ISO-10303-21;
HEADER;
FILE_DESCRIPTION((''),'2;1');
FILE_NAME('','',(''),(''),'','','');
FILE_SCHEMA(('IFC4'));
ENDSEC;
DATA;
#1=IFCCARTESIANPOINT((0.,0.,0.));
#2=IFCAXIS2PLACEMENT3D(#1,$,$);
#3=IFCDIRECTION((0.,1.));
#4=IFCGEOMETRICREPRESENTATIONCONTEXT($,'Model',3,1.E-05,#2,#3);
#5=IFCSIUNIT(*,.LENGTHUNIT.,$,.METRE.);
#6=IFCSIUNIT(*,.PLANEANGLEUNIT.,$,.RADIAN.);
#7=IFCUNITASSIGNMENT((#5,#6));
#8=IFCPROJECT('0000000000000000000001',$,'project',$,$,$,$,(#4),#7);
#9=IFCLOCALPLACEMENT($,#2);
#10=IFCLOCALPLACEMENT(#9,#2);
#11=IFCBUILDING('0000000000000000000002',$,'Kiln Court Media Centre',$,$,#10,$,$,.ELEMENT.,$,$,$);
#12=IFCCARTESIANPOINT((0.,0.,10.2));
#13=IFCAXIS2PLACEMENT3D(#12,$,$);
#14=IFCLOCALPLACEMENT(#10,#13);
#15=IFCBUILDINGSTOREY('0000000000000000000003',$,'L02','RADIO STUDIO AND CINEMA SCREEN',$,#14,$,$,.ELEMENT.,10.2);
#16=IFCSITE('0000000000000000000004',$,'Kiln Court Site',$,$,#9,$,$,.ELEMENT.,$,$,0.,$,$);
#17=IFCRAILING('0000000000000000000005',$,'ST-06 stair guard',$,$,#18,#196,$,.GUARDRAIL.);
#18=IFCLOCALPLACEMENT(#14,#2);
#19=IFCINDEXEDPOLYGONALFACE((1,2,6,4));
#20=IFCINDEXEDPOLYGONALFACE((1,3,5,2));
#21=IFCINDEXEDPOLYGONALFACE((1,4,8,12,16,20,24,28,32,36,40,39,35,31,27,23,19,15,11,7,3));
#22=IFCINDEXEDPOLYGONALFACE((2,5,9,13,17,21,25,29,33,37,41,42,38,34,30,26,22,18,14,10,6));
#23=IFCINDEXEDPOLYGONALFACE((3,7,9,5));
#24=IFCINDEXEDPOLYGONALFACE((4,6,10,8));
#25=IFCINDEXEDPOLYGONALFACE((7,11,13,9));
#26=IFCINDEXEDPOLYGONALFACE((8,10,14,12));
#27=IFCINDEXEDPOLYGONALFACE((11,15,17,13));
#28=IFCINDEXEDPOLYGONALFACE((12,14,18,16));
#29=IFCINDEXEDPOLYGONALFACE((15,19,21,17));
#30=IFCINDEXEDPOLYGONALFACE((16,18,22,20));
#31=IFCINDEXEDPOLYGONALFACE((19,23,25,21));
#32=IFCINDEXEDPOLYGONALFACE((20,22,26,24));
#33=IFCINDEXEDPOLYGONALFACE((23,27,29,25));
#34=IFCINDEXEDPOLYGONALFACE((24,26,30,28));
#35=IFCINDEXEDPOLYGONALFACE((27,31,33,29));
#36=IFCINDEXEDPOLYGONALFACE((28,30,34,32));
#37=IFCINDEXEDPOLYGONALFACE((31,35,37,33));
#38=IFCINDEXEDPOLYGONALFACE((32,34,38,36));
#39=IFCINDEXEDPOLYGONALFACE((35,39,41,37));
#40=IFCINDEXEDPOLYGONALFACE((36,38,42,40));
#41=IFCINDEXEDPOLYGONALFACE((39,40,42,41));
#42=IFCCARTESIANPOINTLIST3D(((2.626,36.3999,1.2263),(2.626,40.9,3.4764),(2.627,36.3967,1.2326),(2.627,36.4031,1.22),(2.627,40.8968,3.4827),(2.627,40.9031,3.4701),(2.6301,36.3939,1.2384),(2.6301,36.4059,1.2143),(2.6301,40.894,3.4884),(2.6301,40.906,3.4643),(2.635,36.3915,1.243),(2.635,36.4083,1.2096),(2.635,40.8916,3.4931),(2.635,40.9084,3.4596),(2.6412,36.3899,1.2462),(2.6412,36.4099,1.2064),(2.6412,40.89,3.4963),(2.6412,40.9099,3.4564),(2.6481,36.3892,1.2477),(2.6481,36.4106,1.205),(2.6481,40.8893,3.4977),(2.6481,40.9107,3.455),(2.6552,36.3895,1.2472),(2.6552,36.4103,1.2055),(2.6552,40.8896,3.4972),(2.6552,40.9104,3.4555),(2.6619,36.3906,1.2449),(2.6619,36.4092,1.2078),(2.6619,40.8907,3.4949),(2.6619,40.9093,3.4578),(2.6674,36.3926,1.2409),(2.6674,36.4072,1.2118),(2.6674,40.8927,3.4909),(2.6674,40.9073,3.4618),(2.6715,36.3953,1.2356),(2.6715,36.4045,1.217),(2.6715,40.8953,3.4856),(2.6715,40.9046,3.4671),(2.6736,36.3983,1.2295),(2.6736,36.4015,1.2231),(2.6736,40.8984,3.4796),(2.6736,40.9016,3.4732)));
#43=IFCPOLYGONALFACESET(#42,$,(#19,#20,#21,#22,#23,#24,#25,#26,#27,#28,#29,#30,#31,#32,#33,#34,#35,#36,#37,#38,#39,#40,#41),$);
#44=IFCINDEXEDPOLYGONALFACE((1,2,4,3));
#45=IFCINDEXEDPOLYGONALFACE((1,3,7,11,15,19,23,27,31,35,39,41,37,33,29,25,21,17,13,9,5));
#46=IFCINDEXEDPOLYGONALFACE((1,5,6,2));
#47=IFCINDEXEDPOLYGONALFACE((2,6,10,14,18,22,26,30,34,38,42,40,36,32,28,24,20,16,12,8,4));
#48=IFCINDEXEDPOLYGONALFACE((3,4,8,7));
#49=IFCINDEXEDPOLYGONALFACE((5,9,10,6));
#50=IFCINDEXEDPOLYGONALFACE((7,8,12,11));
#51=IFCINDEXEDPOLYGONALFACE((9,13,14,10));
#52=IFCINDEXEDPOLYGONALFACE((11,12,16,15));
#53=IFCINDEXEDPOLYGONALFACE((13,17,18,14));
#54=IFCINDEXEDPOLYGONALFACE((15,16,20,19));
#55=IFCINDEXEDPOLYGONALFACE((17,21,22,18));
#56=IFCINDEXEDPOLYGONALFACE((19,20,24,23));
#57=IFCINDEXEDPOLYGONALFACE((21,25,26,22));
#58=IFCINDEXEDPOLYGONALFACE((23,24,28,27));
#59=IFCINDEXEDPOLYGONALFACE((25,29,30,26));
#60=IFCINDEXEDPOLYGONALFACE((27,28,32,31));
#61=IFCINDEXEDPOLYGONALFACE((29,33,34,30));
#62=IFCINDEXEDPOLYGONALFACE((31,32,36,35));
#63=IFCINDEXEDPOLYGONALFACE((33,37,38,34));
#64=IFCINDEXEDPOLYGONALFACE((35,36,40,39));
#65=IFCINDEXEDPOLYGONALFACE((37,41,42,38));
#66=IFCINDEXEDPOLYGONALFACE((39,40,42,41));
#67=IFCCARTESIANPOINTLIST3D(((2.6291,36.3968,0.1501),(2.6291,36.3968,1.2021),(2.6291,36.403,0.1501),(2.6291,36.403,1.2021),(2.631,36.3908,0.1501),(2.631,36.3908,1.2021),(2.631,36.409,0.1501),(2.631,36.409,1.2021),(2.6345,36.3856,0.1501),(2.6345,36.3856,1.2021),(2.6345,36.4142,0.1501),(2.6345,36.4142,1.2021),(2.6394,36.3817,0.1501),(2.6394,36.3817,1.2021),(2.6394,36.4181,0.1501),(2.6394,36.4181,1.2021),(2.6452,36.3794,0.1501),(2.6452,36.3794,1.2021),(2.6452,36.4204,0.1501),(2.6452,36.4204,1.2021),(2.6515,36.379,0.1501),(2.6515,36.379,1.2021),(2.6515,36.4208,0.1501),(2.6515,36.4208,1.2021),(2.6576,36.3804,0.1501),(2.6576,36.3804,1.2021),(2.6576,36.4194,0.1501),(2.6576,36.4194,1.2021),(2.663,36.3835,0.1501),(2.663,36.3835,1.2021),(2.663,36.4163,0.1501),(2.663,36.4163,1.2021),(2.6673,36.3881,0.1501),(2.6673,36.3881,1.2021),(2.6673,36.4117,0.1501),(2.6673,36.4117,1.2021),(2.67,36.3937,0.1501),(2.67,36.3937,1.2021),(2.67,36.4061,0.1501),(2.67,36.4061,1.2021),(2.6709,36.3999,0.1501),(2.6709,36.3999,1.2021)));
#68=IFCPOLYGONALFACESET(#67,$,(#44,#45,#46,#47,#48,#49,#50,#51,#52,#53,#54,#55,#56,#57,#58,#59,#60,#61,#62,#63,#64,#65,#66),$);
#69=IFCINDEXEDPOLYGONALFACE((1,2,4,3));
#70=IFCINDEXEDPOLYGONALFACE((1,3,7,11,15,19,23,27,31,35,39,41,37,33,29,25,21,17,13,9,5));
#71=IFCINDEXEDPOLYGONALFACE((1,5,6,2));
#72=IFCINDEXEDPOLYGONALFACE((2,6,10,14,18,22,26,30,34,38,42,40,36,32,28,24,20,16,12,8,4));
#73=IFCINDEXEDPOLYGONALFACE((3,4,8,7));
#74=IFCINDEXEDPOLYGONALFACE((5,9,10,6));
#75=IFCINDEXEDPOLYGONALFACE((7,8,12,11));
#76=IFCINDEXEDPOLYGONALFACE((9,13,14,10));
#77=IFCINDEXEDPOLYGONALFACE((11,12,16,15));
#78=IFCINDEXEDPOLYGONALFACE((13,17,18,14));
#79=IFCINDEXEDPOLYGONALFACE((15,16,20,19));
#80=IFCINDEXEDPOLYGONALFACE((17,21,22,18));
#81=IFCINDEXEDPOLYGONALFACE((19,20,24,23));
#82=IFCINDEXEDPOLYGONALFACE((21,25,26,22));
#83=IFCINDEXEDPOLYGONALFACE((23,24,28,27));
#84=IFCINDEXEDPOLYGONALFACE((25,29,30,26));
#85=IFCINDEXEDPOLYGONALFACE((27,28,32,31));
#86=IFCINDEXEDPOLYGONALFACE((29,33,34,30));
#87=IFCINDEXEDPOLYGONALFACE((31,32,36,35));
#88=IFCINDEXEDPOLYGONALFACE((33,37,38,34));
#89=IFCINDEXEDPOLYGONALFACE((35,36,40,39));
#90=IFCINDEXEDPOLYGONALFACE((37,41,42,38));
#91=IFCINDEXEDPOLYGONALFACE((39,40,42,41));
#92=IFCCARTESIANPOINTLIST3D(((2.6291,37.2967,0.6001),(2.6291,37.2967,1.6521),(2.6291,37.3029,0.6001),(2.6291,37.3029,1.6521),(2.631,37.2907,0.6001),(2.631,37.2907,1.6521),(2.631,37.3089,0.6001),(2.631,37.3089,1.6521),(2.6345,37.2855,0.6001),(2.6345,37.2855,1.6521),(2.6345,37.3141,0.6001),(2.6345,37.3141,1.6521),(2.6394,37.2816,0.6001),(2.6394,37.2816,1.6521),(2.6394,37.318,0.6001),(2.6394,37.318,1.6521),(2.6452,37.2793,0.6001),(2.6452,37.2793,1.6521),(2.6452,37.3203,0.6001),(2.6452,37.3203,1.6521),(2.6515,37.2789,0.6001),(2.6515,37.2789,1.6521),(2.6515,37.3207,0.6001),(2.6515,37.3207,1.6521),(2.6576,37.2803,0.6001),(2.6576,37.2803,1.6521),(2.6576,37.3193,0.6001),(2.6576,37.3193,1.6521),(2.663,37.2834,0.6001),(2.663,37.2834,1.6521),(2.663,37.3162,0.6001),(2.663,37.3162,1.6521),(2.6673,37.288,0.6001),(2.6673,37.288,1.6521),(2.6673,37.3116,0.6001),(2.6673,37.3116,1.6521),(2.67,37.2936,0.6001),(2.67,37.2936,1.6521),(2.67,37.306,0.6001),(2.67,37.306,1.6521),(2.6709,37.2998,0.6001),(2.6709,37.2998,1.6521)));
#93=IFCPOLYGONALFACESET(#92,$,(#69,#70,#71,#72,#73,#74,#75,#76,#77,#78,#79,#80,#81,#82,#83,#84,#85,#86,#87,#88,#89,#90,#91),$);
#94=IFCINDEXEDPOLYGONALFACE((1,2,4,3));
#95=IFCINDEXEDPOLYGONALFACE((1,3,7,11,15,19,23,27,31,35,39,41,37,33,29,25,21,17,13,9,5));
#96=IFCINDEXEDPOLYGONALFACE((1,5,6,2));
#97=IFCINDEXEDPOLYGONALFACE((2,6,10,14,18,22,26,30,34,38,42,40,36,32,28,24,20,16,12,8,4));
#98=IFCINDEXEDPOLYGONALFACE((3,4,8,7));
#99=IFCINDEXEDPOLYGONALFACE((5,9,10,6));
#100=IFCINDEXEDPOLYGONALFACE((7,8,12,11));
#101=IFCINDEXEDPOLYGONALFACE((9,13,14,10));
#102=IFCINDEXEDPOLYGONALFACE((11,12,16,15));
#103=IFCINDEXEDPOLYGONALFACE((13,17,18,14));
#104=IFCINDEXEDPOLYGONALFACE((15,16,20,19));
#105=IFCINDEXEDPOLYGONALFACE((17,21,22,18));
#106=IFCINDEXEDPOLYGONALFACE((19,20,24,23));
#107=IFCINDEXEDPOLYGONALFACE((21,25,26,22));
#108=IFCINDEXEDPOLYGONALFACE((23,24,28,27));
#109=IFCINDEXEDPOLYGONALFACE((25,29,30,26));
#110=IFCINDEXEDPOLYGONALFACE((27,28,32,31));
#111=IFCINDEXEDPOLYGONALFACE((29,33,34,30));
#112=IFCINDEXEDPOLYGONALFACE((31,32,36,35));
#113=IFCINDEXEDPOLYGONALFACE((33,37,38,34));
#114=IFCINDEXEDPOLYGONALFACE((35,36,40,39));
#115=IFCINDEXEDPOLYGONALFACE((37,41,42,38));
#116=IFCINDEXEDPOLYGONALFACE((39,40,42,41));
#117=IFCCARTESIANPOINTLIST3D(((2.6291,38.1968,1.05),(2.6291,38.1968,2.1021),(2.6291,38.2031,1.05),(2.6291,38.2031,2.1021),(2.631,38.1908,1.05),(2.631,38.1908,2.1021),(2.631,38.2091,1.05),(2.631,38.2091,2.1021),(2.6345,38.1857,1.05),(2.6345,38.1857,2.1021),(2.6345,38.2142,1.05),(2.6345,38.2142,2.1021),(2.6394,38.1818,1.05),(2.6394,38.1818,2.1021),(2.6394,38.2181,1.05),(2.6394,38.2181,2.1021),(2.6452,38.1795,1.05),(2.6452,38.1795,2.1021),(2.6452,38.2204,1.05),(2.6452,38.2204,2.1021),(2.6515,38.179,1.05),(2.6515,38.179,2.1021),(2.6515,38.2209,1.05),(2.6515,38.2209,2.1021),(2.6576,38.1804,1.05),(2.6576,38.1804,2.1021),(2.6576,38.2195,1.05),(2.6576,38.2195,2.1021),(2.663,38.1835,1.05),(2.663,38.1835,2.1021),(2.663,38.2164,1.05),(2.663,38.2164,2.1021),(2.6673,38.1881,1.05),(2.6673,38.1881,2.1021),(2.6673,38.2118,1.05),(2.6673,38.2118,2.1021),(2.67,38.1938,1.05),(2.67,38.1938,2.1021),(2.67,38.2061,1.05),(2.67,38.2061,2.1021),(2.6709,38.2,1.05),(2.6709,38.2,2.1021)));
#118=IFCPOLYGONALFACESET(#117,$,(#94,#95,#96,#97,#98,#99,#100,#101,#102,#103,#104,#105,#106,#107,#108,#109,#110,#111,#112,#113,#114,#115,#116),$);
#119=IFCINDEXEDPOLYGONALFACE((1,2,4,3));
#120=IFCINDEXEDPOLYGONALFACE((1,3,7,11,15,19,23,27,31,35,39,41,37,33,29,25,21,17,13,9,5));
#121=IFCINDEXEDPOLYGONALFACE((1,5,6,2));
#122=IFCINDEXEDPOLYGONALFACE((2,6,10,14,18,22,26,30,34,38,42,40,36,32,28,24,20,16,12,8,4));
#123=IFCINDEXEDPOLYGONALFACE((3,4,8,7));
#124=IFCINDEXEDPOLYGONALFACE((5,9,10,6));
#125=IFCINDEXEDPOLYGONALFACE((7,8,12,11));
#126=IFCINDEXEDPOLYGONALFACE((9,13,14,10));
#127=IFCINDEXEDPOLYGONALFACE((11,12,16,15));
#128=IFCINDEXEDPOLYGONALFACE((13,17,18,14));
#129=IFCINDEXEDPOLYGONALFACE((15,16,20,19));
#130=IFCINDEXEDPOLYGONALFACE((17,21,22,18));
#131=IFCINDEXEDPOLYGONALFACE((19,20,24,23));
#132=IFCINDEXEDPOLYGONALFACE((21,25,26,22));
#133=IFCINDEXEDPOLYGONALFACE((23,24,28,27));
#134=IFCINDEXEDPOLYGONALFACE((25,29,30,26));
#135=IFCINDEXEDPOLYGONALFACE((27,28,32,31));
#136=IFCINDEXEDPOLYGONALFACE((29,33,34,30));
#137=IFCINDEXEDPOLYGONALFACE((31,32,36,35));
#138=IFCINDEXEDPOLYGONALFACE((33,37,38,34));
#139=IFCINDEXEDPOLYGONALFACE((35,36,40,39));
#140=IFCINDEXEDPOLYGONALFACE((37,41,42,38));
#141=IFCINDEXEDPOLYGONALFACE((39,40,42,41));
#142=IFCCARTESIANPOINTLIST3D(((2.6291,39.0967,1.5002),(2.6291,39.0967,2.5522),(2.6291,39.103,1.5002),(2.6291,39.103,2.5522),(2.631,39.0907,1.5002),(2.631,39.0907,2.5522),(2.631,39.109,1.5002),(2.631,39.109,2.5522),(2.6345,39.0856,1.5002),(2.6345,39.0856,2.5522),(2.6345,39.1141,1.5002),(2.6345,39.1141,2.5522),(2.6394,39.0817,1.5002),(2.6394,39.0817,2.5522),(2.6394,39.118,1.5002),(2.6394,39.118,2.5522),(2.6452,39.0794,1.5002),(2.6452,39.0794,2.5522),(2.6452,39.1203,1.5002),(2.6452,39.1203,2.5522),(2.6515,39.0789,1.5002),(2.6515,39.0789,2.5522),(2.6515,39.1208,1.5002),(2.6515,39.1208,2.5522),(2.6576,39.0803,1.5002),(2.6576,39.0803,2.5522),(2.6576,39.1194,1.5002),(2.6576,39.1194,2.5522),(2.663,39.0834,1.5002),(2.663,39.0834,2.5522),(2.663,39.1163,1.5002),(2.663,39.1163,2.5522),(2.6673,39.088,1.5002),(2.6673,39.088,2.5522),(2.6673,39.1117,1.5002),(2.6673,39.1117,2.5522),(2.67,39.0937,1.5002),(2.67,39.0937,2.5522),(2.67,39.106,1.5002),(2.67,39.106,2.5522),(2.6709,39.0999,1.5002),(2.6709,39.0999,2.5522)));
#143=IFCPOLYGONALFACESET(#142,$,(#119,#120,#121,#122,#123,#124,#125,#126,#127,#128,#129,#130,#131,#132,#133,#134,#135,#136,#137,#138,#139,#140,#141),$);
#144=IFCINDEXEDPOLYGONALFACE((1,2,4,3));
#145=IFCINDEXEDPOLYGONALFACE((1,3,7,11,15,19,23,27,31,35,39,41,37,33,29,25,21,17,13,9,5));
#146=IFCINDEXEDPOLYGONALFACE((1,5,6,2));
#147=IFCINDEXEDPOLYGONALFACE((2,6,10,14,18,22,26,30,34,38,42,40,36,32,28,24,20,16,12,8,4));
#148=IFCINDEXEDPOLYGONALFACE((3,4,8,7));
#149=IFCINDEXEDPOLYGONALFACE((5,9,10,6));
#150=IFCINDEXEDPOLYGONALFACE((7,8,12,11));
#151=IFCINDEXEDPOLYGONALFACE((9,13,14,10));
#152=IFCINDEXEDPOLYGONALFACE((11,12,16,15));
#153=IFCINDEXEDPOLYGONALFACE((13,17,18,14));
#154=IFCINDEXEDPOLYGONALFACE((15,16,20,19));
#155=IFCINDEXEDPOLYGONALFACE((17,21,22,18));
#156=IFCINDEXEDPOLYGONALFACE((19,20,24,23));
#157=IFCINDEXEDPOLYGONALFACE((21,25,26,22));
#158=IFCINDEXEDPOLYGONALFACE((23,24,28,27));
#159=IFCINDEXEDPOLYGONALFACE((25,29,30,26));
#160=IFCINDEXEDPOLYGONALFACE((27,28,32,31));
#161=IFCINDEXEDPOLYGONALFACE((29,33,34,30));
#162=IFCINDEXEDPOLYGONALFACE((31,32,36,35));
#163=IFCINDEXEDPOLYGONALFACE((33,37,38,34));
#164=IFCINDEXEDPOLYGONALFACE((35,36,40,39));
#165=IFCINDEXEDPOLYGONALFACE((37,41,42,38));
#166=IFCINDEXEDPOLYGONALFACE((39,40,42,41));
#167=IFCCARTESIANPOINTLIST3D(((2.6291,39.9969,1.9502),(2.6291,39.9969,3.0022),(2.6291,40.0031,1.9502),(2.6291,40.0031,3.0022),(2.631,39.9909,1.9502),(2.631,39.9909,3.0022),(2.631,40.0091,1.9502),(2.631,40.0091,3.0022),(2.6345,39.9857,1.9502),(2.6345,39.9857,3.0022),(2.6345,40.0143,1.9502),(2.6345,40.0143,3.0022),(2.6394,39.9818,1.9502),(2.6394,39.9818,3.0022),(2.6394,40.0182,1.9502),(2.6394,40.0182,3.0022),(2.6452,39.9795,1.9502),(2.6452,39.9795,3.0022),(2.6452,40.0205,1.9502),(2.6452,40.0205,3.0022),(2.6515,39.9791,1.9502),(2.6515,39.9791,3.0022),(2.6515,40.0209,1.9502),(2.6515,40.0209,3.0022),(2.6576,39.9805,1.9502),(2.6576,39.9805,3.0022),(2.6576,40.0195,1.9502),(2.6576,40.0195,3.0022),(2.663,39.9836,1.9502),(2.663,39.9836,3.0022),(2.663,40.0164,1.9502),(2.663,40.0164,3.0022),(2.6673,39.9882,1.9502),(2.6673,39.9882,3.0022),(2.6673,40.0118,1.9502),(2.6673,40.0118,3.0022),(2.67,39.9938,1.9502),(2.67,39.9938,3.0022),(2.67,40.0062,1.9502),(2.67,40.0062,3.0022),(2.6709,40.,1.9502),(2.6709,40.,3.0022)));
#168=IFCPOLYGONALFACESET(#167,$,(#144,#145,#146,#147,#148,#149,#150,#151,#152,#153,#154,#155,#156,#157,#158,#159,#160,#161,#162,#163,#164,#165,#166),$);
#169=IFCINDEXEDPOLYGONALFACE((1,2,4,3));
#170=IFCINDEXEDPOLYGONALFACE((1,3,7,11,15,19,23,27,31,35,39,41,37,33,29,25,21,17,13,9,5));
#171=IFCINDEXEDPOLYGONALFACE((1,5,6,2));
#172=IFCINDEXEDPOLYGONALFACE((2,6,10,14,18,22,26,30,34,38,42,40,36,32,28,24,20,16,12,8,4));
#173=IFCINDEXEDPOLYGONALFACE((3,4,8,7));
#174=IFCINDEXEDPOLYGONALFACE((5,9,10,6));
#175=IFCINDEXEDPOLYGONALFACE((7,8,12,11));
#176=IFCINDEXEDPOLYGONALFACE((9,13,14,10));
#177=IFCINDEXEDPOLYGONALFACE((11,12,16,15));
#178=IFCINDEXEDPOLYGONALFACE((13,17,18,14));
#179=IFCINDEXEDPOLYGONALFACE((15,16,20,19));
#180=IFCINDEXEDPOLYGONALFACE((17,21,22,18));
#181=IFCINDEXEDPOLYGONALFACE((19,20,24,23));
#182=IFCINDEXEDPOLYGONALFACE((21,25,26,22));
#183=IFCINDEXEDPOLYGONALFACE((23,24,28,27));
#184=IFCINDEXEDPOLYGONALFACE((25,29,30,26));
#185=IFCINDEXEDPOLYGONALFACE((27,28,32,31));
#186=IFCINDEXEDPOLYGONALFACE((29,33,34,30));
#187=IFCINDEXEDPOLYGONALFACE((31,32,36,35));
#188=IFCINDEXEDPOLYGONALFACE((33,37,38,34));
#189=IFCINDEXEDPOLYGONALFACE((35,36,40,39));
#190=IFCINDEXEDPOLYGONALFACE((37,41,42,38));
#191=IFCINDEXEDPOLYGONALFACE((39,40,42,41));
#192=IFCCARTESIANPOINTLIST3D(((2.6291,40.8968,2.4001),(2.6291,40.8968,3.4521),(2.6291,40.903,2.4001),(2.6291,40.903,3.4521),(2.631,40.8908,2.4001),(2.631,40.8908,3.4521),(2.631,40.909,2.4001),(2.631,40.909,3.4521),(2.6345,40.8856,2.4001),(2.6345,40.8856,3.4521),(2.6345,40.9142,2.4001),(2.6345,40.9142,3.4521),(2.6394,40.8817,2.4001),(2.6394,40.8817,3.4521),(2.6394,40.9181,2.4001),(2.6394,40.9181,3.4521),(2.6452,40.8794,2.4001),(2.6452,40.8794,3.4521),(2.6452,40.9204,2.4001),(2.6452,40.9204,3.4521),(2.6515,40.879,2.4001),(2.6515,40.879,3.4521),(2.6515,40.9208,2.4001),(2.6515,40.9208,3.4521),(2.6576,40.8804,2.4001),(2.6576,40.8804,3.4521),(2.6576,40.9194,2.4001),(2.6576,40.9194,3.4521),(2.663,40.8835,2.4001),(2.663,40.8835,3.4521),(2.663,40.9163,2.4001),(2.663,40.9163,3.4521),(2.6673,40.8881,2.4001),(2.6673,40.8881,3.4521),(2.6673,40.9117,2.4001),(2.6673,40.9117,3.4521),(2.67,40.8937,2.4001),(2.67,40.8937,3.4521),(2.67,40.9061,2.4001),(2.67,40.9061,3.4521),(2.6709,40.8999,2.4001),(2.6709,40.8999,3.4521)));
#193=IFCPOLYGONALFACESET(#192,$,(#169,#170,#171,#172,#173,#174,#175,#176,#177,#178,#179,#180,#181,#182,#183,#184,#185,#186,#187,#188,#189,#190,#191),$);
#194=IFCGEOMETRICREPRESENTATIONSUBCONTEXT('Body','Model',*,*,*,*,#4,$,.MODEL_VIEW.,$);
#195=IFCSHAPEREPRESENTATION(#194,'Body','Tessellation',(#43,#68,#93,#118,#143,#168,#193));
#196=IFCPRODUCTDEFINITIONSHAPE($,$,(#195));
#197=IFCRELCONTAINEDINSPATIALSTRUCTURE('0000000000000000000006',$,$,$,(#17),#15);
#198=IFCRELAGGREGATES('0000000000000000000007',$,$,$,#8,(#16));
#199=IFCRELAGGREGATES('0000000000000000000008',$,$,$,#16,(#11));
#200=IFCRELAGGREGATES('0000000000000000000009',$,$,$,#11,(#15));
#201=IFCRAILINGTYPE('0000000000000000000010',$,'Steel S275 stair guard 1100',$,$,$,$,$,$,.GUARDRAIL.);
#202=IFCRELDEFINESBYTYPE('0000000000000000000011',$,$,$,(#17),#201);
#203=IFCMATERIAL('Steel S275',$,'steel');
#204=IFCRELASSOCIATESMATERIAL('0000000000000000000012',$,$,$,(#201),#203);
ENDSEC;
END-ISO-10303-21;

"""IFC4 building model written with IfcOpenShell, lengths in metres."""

from ifc_helpers import new_model, si_unit, direction, frame, origin, origin_2d, place, context, subcontext, project, spatial, circle, extrude, material, type_object, element, save


model = new_model("IFC4")

# Units and contexts
model_context = context("Model", 3, precision=1e-05, world=origin(), true_north=direction((0.0, 1.0)))
body_context = subcontext(model_context, "Body", "Model", "MODEL_VIEW")
ifc_project = project(units=[si_unit("LENGTHUNIT", "METRE"), si_unit("PLANEANGLEUNIT", "RADIAN")], contexts=[model_context])

# Site, building, storey
site_placement = place(None, origin())
site = spatial("IfcSite", under=ifc_project, at=site_placement, Name="Kiln Court Site", CompositionType="ELEMENT", RefElevation=0.0)
building_placement = place(site_placement, origin())
building = spatial("IfcBuilding", under=site, at=building_placement, Name="Kiln Court Media Centre", CompositionType="ELEMENT")
storey_placement = place(building_placement, frame((0.0, 0.0, 10.2)))
storey = spatial("IfcBuildingStorey", under=building, at=storey_placement, Name="L02", Description="RADIO STUDIO AND CINEMA SCREEN", CompositionType="ELEMENT", Elevation=10.2)

# Railing
ifc_material_1 = material(Name="Steel S275", Category="steel")
railing_type_1 = type_object("IfcRailingType", Name="Steel S275 stair guard 1100", PredefinedType="GUARDRAIL", material=ifc_material_1)
railing_1_placement = place(storey_placement, frame((2.6499, 36.3999, 0.1501)))
element("IfcRailing", 1, at=railing_1_placement, inside=storey, type_object=railing_type_1, Name="ST-06 stair guard", PredefinedType="GUARDRAIL", context=body_context, shape_type="SweptSolid", body=[
    extrude(circle(Radius=0.0239, at=origin_2d()), frame((0.0, 0.0, 1.0762), z_axis=(0.0, 0.894427, 0.447214), x_axis=(-1.0, 0.0, 0.0)), (0.0, 0.0, 1.0), 5.0312),
    extrude(circle(Radius=0.021, at=origin_2d()), origin(), (0.0, 0.0, 1.0), 1.052),
    extrude(circle(Radius=0.021, at=origin_2d()), frame((0.0, 0.8999, 0.45)), (0.0, 0.0, 1.0), 1.052),
    extrude(circle(Radius=0.021, at=origin_2d()), frame((0.0, 1.8, 0.8999)), (0.0, 0.0, 1.0), 1.052),
    extrude(circle(Radius=0.021, at=origin_2d()), frame((0.0, 2.7, 1.3501)), (0.0, 0.0, 1.0), 1.052),
    extrude(circle(Radius=0.021, at=origin_2d()), frame((0.0, 3.6001, 1.8)), (0.0, 0.0, 1.0), 1.052),
    extrude(circle(Radius=0.021, at=origin_2d()), frame((0.0, 4.5, 2.25)), (0.0, 0.0, 1.0), 1.052),
])

save(model, "model.ifc")
